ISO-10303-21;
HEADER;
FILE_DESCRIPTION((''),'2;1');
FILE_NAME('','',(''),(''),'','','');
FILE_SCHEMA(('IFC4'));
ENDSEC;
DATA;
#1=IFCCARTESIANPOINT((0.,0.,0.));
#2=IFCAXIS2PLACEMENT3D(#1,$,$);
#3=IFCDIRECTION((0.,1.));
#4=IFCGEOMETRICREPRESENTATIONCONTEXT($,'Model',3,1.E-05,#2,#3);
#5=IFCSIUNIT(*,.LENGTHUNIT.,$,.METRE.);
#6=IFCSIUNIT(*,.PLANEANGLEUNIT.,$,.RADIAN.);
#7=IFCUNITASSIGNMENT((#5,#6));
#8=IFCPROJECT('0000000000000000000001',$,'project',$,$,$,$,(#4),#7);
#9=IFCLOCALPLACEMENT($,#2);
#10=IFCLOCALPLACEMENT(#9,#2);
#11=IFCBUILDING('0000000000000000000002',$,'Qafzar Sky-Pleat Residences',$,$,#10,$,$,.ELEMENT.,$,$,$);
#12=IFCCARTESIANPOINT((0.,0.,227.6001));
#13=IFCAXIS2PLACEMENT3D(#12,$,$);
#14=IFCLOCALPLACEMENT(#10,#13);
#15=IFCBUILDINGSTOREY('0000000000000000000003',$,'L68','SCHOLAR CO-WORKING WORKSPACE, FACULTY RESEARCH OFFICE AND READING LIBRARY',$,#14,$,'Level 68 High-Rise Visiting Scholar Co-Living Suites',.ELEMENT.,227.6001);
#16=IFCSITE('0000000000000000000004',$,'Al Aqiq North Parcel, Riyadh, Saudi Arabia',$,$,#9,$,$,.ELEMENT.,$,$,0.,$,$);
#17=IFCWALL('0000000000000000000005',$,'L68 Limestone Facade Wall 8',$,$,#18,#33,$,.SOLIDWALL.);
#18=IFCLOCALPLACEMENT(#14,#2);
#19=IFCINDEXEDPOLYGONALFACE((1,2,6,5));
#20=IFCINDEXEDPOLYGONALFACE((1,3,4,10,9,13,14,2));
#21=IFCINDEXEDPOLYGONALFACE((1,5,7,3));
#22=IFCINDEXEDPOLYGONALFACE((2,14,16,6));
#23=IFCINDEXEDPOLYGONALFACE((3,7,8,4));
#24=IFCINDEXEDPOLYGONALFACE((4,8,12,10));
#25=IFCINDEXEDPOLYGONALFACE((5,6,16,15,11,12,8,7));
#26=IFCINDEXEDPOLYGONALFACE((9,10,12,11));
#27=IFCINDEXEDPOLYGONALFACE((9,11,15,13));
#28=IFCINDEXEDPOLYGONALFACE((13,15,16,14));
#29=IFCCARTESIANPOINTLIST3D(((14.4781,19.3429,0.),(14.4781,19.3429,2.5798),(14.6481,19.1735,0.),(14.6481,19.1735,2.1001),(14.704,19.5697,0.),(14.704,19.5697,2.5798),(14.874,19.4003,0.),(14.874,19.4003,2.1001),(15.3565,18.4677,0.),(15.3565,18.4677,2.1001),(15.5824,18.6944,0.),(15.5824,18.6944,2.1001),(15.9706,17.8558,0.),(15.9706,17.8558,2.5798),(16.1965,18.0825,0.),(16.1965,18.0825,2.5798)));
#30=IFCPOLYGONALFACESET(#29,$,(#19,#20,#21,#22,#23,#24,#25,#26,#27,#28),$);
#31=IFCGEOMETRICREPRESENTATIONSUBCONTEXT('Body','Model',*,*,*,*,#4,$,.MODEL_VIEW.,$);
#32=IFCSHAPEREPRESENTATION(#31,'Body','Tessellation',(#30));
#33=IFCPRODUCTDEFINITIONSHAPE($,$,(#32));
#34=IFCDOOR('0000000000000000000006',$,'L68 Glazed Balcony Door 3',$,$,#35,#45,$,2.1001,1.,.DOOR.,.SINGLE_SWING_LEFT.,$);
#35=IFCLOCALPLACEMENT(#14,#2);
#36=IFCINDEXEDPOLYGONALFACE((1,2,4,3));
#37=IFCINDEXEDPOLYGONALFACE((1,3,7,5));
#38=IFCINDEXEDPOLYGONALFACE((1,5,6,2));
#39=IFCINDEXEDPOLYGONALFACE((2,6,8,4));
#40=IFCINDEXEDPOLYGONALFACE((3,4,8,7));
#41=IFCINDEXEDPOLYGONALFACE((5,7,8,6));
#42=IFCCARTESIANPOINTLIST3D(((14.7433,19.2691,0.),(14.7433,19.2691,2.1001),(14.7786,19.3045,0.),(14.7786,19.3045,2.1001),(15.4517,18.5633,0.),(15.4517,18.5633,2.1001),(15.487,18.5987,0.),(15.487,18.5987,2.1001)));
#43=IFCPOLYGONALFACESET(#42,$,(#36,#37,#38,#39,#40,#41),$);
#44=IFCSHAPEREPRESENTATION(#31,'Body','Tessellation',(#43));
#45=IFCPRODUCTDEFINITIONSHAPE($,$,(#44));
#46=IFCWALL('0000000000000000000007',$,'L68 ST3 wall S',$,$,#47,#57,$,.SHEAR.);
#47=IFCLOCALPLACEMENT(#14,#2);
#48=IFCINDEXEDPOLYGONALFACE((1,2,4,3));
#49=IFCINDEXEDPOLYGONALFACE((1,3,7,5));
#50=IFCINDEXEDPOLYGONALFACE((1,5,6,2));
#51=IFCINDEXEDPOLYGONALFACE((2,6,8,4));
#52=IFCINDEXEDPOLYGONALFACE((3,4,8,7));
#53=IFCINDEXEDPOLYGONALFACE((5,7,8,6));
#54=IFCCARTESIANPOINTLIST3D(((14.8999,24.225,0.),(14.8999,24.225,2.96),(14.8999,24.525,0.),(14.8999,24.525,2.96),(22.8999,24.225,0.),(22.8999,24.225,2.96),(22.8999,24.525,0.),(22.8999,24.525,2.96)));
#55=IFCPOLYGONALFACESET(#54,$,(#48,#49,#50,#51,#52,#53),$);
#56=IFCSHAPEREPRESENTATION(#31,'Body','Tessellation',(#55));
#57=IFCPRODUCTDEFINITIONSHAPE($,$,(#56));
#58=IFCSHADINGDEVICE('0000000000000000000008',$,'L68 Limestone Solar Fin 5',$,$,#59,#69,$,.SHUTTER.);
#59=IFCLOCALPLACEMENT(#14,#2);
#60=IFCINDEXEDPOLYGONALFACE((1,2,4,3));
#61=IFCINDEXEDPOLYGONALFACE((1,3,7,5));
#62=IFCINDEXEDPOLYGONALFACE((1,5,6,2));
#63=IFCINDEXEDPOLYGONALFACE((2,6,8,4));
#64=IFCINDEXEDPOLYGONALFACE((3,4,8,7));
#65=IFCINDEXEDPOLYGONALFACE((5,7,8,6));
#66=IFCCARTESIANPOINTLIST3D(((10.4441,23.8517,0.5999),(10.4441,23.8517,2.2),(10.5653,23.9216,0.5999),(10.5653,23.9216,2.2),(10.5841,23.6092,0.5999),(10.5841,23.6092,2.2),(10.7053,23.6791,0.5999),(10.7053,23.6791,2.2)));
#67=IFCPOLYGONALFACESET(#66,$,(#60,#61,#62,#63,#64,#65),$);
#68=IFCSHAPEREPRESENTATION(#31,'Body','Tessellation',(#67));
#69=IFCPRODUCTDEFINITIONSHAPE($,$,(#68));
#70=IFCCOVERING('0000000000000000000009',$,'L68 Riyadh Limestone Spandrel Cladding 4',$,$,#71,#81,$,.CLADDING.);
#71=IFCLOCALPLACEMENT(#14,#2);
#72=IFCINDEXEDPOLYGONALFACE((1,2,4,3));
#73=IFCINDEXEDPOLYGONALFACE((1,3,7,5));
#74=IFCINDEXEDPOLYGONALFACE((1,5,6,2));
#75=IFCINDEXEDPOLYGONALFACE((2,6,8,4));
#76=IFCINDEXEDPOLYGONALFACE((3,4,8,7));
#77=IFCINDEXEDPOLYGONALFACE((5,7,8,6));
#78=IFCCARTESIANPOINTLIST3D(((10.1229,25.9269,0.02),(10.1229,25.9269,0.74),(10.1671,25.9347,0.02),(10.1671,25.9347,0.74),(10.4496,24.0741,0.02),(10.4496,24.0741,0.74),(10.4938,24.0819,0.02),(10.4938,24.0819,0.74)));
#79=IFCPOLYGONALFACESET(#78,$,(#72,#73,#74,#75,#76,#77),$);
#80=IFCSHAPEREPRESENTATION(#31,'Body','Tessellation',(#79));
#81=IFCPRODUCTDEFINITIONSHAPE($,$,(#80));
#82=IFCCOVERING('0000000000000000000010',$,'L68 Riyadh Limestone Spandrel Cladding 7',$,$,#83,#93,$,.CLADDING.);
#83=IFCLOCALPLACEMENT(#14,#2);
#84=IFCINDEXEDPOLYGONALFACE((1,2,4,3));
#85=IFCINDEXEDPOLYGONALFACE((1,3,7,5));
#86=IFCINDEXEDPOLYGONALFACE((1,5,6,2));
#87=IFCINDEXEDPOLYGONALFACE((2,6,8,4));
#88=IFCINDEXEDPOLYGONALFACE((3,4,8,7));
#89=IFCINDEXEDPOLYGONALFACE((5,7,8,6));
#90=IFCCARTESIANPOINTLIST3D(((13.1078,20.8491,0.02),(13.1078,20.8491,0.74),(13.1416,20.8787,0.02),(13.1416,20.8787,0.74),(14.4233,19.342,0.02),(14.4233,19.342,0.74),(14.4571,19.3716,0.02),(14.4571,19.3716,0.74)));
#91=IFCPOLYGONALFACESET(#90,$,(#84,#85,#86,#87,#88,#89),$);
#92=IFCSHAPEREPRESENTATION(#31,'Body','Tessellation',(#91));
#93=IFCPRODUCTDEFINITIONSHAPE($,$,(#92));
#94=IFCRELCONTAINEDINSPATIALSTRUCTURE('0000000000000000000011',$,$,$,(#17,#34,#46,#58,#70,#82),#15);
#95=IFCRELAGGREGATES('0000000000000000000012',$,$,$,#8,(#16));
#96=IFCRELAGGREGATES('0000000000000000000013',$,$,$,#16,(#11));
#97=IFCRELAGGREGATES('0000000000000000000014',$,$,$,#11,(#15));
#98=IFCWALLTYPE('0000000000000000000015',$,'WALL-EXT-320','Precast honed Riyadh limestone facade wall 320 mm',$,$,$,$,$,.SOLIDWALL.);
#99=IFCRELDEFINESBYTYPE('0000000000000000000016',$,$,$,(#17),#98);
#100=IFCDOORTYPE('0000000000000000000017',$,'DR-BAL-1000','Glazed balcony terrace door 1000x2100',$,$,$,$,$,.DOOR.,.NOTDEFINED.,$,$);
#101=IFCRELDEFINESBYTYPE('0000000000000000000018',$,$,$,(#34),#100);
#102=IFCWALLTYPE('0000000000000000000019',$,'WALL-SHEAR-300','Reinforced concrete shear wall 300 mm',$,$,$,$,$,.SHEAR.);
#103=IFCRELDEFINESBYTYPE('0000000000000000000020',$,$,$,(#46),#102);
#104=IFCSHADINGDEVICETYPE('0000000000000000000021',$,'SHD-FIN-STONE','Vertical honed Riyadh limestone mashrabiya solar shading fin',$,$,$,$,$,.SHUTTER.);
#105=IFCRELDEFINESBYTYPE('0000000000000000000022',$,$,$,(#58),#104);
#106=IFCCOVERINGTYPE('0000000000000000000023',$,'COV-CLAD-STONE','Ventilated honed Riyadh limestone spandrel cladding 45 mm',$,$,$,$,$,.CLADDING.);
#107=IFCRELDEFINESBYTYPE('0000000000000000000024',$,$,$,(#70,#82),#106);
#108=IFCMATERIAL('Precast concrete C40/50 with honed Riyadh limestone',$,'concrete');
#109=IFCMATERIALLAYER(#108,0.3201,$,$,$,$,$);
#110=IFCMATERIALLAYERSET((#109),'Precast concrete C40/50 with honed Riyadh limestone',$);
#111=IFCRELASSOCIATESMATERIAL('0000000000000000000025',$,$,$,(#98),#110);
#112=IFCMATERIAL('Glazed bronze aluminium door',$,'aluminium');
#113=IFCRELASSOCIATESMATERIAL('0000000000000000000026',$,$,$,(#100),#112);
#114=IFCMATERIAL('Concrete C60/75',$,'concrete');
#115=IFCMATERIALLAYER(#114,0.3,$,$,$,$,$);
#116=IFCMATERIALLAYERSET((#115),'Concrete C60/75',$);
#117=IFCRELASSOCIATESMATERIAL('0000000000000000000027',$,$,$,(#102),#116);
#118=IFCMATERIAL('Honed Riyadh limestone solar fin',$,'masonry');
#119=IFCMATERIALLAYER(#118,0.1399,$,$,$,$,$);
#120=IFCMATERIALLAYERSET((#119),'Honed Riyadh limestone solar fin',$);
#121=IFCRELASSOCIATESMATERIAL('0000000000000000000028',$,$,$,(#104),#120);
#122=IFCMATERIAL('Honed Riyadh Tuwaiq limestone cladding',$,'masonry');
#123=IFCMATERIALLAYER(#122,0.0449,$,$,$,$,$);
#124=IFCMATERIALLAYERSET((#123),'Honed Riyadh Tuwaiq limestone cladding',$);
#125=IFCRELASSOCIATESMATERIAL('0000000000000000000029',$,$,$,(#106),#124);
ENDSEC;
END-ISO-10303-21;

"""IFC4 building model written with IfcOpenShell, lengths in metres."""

from ifc_helpers import new_model, si_unit, direction, frame, frame_2d, origin, origin_2d, place, context, subcontext, project, spatial, rectangle, extrude, source, transform, mapped, material, layer, layer_set, type_object, element, fill, save


model = new_model("IFC4")

# Units and contexts
model_context = context("Model", 3, precision=1e-05, world=origin(), true_north=direction((0.0, 1.0)))
body_context = subcontext(model_context, "Body", "Model", "MODEL_VIEW")
ifc_project = project(units=[si_unit("LENGTHUNIT", "METRE"), si_unit("PLANEANGLEUNIT", "RADIAN")], contexts=[model_context])

# Site, building, storey
site_placement = place(None, origin())
site = spatial("IfcSite", under=ifc_project, at=site_placement, Name="Al Aqiq North Parcel, Riyadh, Saudi Arabia", CompositionType="ELEMENT", RefElevation=0.0)
building_placement = place(site_placement, origin())
building = spatial("IfcBuilding", under=site, at=building_placement, Name="Qafzar Sky-Pleat Residences", CompositionType="ELEMENT")
storey_placement = place(building_placement, frame((0.0, 0.0, 227.6001)))
storey = spatial("IfcBuildingStorey", under=building, at=storey_placement, Name="L68", Description="SCHOLAR CO-WORKING WORKSPACE, FACULTY RESEARCH OFFICE AND READING LIBRARY", LongName="Level 68 High-Rise Visiting Scholar Co-Living Suites", CompositionType="ELEMENT", Elevation=227.6001)

# Shared definitions
ifc_material_1 = material(Name="Precast concrete C40/50 with honed Riyadh limestone", Category="concrete")
ifc_layer_1 = layer(ifc_material_1, 0.3201)
ifc_layer_set_1 = layer_set([ifc_layer_1], Name="Precast concrete C40/50 with honed Riyadh limestone")
wall_type_1 = type_object("IfcWallType", Name="WALL-EXT-320", Description="Precast honed Riyadh limestone facade wall 320 mm", PredefinedType="SOLIDWALL", material=ifc_layer_set_1)

# Wall, opening, door
wall_1_placement = place(storey_placement, frame((14.5911, 19.4563, 0.0), z_axis=(0.0, 0.0, 1.0), x_axis=(0.70838, -0.705831, 0.0)))
wall_1 = element("IfcWall", 1, at=wall_1_placement, inside=storey, type_object=wall_type_1, Name="L68 Limestone Facade Wall 8", PredefinedType="SOLIDWALL", context=body_context, shape_type="SweptSolid", body=[
    extrude(rectangle(XDim=2.1069, YDim=0.3201, at=frame_2d((1.0535, 0.0))), origin(), (0.0, 0.0, 1.0), 2.5798),
])
opening_1_placement = place(wall_1_placement, frame((0.24, 0.0, 0.0)))
opening_1 = element("IfcOpeningElement", 2, at=opening_1_placement, cuts=wall_1, PredefinedType="OPENING", context=body_context, shape_type="SweptSolid", body=[
    extrude(rectangle(XDim=1.0, YDim=2.1001, at=frame_2d((0.5, 1.05))), frame((0.0, 0.1699, 0.0), z_axis=(0.0, -1.0, 0.0), x_axis=(1.0, 0.0, 0.0)), (0.0, 0.0, 1.0), 0.3401),
])
ifc_material_2 = material(Name="Glazed bronze aluminium door", Category="aluminium")
door_type = type_object("IfcDoorType", Name="DR-BAL-1000", Description="Glazed balcony terrace door 1000x2100", OperationType="NOTDEFINED", PredefinedType="DOOR", material=ifc_material_2)
shared_shape_1 = source(origin(), body_context, "Body", "SweptSolid", [
    extrude(rectangle(XDim=1.0, YDim=2.1001, at=frame_2d((0.5, 1.05))), frame((0.0, 0.0249, 0.0), z_axis=(0.0, -1.0, 0.0), x_axis=(1.0, 0.0, 0.0)), (0.0, 0.0, 1.0), 0.05),
])
door_placement = place(opening_1_placement, origin())
door = element("IfcDoor", 3, at=door_placement, inside=storey, type_object=door_type, Name="L68 Glazed Balcony Door 3", OperationType="SINGLE_SWING_LEFT", OverallHeight=2.1001, OverallWidth=1.0, PredefinedType="DOOR", context=body_context, shape_type="MappedRepresentation", body=[
    mapped(shared_shape_1, transform((0.0, 0.0, 0.0), x_axis=(1.0, 0.0, 0.0), y_axis=(0.0, 1.0, 0.0), z_axis=(0.0, 0.0, 1.0), scale=1.0)),
])
fill(opening_1, door)

# Wall
ifc_material_3 = material(Name="Concrete C60/75", Category="concrete")
ifc_layer_2 = layer(ifc_material_3, 0.3)
ifc_layer_set_2 = layer_set([ifc_layer_2], Name="Concrete C60/75")
wall_type_2 = type_object("IfcWallType", Name="WALL-SHEAR-300", Description="Reinforced concrete shear wall 300 mm", PredefinedType="SHEAR", material=ifc_layer_set_2)
wall_2_placement = place(storey_placement, frame((14.8999, 24.375, 0.0), z_axis=(0.0, 0.0, 1.0), x_axis=(1.0, 0.0, 0.0)))
element("IfcWall", 4, at=wall_2_placement, inside=storey, type_object=wall_type_2, Name="L68 ST3 wall S", PredefinedType="SHEAR", context=body_context, shape_type="SweptSolid", body=[
    extrude(rectangle(XDim=8.0, YDim=0.3, at=frame_2d((4.0, 0.0))), origin(), (0.0, 0.0, 1.0), 2.96),
])

# Shading device
ifc_material_4 = material(Name="Honed Riyadh limestone solar fin", Category="masonry")
ifc_layer_3 = layer(ifc_material_4, 0.1399)
ifc_layer_set_3 = layer_set([ifc_layer_3], Name="Honed Riyadh limestone solar fin")
shading_device_type = type_object("IfcShadingDeviceType", Name="SHD-FIN-STONE", Description="Vertical honed Riyadh limestone mashrabiya solar shading fin", PredefinedType="SHUTTER", material=ifc_layer_set_3)
shared_shape_2 = source(origin(), body_context, "Body", "SweptSolid", [
    extrude(rectangle(XDim=0.1399, YDim=0.28, at=origin_2d()), origin(), (0.0, 0.0, 1.0), 1.6001),
])
shading_device_placement = place(storey_placement, frame((10.5747, 23.7654, 0.5999), z_axis=(0.0, 0.0, 1.0), x_axis=(-0.866044, -0.499967, 0.0)))
element("IfcShadingDevice", 5, at=shading_device_placement, inside=storey, type_object=shading_device_type, Name="L68 Limestone Solar Fin 5", PredefinedType="SHUTTER", context=body_context, shape_type="MappedRepresentation", body=[
    mapped(shared_shape_2, transform((0.0, 0.0, 0.0), x_axis=(1.0, 0.0, 0.0), y_axis=(0.0, 1.0, 0.0), z_axis=(0.0, 0.0, 1.0), scale=1.0)),
])

# Covering
ifc_material_5 = material(Name="Honed Riyadh Tuwaiq limestone cladding", Category="masonry")
ifc_layer_4 = layer(ifc_material_5, 0.0449)
ifc_layer_set_4 = layer_set([ifc_layer_4], Name="Honed Riyadh Tuwaiq limestone cladding")
covering_type = type_object("IfcCoveringType", Name="COV-CLAD-STONE", Description="Ventilated honed Riyadh limestone spandrel cladding 45 mm", PredefinedType="CLADDING", material=ifc_layer_set_4)
shared_shape_3 = source(origin(), body_context, "Body", "SweptSolid", [
    extrude(rectangle(XDim=1.8813, YDim=0.0449, at=origin_2d()), origin(), (0.0, 0.0, 1.0), 0.72),
])
covering_1_placement = place(storey_placement, frame((10.3083, 25.0044, 0.02), z_axis=(0.0, 0.0, 1.0), x_axis=(0.173663, -0.984805, 0.0)))
element("IfcCovering", 6, at=covering_1_placement, inside=storey, type_object=covering_type, Name="L68 Riyadh Limestone Spandrel Cladding 4", PredefinedType="CLADDING", context=body_context, shape_type="MappedRepresentation", body=[
    mapped(shared_shape_3, transform((0.0, 0.0, 0.0), x_axis=(1.0, 0.0, 0.0), y_axis=(0.0, 1.0, 0.0), z_axis=(0.0, 0.0, 1.0), scale=1.0)),
])

# Covering
shared_shape_4 = source(origin(), body_context, "Body", "SweptSolid", [
    extrude(rectangle(XDim=2.0005, YDim=0.0449, at=origin_2d()), origin(), (0.0, 0.0, 1.0), 0.72),
])
covering_2_placement = place(storey_placement, frame((13.7825, 20.1104, 0.02), z_axis=(0.0, 0.0, 1.0), x_axis=(0.657596, -0.75337, 0.0)))
element("IfcCovering", 7, at=covering_2_placement, inside=storey, type_object=covering_type, Name="L68 Riyadh Limestone Spandrel Cladding 7", PredefinedType="CLADDING", context=body_context, shape_type="MappedRepresentation", body=[
    mapped(shared_shape_4, transform((0.0, 0.0, 0.0), x_axis=(1.0, 0.0, 0.0), y_axis=(0.0, 1.0, 0.0), z_axis=(0.0, 0.0, 1.0), scale=1.0)),
])

save(model, "model.ifc")
